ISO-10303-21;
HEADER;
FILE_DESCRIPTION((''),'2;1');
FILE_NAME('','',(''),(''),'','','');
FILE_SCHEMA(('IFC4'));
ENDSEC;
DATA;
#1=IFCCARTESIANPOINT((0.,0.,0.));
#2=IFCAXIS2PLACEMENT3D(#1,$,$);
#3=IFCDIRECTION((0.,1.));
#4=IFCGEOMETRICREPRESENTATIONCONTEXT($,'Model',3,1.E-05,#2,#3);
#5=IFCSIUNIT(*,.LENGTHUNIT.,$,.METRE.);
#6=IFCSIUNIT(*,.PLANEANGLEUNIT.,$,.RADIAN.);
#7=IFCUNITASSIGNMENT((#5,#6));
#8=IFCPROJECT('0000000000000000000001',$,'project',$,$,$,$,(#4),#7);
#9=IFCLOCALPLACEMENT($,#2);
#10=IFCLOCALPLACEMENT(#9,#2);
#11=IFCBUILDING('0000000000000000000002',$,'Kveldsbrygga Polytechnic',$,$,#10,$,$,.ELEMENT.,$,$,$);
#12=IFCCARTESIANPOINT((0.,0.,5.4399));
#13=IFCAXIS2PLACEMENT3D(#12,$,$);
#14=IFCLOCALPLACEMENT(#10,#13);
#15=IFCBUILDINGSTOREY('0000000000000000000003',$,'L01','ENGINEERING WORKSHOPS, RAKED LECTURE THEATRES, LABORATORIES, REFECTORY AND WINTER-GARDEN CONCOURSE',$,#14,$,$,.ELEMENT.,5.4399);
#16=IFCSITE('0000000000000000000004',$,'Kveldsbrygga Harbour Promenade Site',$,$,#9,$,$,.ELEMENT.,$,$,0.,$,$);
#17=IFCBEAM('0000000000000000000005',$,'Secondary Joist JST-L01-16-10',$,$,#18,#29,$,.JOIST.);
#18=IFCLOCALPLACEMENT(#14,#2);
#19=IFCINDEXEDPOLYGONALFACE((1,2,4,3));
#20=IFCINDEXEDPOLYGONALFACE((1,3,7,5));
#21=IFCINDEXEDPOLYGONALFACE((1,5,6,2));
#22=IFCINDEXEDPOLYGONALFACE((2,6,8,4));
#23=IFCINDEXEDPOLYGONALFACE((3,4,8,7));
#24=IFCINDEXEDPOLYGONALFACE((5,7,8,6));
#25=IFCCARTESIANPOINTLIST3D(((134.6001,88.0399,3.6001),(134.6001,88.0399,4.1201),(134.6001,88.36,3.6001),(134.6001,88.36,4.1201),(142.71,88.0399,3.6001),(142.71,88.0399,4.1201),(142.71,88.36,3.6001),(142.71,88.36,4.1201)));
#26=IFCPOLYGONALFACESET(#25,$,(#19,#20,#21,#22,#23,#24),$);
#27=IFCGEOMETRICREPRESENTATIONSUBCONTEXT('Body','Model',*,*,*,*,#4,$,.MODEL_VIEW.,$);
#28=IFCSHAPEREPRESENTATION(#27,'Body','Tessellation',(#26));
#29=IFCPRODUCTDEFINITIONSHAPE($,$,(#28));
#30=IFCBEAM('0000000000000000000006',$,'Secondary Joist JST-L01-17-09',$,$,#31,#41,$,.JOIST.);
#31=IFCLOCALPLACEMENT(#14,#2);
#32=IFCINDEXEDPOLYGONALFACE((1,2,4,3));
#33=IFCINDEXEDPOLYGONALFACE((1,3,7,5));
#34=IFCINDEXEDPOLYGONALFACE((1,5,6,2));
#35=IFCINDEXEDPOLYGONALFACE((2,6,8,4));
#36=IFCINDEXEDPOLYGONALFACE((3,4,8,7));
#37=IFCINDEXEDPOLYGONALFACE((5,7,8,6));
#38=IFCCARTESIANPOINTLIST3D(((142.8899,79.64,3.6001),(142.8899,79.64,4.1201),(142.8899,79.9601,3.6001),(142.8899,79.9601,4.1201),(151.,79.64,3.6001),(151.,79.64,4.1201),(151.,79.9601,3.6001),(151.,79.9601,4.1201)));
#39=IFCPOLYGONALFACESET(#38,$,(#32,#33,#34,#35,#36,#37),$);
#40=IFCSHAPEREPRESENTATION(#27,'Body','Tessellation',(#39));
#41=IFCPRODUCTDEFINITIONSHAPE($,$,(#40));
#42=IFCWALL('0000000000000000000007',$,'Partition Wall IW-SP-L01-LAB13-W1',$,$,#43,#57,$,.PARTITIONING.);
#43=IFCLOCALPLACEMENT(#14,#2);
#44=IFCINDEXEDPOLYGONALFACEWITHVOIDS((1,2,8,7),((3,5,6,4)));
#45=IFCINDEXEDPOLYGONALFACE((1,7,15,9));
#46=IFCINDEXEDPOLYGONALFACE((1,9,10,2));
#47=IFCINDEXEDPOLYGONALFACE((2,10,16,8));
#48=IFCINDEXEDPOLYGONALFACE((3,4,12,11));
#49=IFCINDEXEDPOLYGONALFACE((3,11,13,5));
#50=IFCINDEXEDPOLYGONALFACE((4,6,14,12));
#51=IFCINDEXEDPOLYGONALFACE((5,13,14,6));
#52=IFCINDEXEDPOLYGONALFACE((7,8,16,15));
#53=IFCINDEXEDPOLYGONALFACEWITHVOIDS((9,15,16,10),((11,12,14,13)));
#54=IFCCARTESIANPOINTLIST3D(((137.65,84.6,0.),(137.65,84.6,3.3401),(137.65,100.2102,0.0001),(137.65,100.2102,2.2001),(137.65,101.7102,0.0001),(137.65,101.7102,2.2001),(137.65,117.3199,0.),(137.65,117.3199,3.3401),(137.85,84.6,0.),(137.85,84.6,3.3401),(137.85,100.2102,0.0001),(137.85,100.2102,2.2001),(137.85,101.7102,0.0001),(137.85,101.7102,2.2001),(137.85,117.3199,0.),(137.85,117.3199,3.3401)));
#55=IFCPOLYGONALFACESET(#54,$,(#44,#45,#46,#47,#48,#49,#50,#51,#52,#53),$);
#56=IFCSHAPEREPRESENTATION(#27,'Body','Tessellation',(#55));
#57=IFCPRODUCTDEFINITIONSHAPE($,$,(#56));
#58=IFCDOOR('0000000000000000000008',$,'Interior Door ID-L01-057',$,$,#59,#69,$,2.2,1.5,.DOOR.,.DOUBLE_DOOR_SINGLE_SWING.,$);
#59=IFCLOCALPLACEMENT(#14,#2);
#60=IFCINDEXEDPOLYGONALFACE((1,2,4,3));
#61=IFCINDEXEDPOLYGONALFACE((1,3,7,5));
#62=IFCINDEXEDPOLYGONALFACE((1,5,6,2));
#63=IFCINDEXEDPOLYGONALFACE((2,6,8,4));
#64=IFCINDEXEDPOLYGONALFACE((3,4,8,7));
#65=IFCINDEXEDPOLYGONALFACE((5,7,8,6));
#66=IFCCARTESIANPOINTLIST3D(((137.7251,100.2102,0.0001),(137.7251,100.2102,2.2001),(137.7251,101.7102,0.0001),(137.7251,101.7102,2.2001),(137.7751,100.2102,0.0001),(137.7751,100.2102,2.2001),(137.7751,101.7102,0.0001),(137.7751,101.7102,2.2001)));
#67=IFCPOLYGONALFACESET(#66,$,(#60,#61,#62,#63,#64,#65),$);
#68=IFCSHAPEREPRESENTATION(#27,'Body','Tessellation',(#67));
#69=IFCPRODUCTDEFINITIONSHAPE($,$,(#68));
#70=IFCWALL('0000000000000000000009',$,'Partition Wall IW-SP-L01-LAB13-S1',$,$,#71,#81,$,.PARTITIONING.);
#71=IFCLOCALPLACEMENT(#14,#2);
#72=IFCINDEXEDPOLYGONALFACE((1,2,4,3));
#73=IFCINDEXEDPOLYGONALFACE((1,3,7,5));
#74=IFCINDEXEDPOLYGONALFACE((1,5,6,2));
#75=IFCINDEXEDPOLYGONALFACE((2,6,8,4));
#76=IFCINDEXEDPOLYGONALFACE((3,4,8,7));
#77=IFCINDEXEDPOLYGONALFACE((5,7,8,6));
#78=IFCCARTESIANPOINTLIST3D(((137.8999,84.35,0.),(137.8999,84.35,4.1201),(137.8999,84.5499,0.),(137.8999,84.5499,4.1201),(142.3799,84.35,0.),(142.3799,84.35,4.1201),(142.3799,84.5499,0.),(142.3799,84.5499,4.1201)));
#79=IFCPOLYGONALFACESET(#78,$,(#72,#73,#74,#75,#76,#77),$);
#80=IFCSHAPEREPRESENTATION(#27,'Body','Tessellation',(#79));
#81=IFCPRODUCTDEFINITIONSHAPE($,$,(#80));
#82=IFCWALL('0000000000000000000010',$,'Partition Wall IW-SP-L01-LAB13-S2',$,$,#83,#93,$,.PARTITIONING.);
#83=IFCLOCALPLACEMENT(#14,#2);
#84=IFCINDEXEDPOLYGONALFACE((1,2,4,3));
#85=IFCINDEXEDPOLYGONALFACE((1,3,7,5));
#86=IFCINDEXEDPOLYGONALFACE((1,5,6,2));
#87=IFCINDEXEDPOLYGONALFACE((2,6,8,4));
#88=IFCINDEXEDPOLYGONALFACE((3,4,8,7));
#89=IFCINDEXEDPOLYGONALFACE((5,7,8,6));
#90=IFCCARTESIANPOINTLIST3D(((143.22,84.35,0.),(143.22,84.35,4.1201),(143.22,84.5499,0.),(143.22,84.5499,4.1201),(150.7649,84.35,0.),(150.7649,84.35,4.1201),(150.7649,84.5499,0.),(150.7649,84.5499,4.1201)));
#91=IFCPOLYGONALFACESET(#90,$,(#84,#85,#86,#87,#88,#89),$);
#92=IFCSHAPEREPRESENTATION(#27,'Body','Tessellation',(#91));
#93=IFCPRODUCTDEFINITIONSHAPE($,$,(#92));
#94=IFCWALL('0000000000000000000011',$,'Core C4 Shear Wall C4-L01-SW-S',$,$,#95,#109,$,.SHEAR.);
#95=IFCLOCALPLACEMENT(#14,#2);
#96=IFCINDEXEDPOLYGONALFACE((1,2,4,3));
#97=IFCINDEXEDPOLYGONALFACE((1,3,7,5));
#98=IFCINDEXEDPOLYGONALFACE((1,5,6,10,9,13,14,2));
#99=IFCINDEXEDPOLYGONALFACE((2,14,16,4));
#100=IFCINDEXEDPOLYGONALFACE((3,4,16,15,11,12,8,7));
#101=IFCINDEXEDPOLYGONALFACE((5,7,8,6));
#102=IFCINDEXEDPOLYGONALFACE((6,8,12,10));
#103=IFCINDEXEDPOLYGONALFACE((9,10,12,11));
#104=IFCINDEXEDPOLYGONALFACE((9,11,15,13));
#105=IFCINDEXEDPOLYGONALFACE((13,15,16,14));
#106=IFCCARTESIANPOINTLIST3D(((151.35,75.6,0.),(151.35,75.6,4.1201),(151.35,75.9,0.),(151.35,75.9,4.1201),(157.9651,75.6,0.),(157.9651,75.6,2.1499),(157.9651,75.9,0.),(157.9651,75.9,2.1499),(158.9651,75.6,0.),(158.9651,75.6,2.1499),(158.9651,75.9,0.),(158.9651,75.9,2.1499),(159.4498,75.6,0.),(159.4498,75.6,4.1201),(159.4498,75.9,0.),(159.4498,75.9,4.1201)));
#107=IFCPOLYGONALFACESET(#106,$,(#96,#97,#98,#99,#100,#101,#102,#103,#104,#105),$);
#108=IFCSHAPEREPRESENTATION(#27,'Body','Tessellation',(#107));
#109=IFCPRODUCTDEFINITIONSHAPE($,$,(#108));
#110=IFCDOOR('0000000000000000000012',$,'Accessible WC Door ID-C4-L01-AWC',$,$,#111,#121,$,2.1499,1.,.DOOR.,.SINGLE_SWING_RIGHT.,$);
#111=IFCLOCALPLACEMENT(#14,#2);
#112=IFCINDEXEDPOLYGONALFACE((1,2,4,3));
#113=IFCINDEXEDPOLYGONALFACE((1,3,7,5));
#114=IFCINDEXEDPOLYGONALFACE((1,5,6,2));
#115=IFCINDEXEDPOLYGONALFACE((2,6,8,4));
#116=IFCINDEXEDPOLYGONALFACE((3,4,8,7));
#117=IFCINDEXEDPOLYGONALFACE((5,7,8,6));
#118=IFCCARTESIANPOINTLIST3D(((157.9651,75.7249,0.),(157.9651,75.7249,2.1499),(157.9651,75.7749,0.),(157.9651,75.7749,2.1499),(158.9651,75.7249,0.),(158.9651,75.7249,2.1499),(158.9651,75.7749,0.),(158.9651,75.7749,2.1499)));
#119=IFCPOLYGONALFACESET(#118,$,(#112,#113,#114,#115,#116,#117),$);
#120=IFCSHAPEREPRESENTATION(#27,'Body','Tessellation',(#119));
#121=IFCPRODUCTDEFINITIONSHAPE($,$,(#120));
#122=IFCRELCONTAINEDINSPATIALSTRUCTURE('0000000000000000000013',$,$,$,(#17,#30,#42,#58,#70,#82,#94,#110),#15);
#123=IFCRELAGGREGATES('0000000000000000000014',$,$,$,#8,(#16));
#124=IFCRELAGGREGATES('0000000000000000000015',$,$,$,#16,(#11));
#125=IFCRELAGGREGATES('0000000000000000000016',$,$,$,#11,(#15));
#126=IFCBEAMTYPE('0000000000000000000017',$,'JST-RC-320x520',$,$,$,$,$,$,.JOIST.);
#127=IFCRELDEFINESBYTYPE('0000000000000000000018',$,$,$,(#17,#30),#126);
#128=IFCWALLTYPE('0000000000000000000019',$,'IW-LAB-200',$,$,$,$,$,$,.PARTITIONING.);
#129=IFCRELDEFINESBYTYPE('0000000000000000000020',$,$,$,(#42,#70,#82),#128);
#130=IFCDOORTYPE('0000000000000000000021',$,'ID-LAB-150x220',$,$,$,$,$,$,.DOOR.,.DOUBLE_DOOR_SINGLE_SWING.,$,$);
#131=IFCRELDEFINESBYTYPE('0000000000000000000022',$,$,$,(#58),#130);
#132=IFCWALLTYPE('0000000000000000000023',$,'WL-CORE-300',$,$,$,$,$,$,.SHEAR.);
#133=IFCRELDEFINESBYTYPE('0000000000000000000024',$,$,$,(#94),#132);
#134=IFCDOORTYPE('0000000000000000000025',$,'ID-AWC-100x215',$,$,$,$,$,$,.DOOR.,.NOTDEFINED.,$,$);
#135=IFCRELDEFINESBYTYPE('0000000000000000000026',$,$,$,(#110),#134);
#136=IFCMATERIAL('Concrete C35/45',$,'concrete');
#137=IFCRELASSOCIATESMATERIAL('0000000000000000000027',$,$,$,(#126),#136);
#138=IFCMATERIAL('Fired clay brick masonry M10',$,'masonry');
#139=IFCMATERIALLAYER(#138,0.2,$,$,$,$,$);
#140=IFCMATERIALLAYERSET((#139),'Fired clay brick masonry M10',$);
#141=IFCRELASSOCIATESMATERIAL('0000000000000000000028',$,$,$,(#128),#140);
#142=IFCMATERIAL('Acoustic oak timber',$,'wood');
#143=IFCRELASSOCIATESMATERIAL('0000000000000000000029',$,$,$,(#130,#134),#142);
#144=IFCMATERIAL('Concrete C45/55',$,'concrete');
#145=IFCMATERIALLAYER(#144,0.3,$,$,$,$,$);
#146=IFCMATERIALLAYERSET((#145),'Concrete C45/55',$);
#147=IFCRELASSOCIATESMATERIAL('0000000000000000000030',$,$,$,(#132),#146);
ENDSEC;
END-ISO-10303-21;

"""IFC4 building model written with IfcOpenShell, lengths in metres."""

from ifc_helpers import new_model, si_unit, direction, frame, frame_2d, origin, origin_2d, place, context, subcontext, project, spatial, rectangle, extrude, material, layer, layer_set, material_profile, profile_set, type_object, element, fill, save


model = new_model("IFC4")

# Units and contexts
model_context = context("Model", 3, precision=1e-05, world=origin(), true_north=direction((0.0, 1.0)))
body_context = subcontext(model_context, "Body", "Model", "MODEL_VIEW")
ifc_project = project(units=[si_unit("LENGTHUNIT", "METRE"), si_unit("PLANEANGLEUNIT", "RADIAN")], contexts=[model_context])

# Site, building, storey
site_placement = place(None, origin())
site = spatial("IfcSite", under=ifc_project, at=site_placement, Name="Kveldsbrygga Harbour Promenade Site", CompositionType="ELEMENT", RefElevation=0.0)
building_placement = place(site_placement, origin())
building = spatial("IfcBuilding", under=site, at=building_placement, Name="Kveldsbrygga Polytechnic", CompositionType="ELEMENT")
storey_placement = place(building_placement, frame((0.0, 0.0, 5.4399)))
storey = spatial("IfcBuildingStorey", under=building, at=storey_placement, Name="L01", Description="ENGINEERING WORKSHOPS, RAKED LECTURE THEATRES, LABORATORIES, REFECTORY AND WINTER-GARDEN CONCOURSE", CompositionType="ELEMENT", Elevation=5.4399)

# Shared definitions
ifc_material_1 = material(Name="Concrete C45/55", Category="concrete")

# Beams
ifc_material_2 = material(Name="Concrete C35/45", Category="concrete")
ifc_material_profile_1 = material_profile(ifc_material_2, rectangle(XDim=0.3201, YDim=0.52, at=origin_2d()), Name="RC 320x520")
ifc_profile_set_1 = profile_set([ifc_material_profile_1], Name="Concrete C35/45")
beam_type_1 = type_object("IfcBeamType", Name="JST-RC-320x520", PredefinedType="JOIST", material=ifc_profile_set_1)
beam_1_placement = place(storey_placement, frame((134.6001, 88.2, 3.8601), z_axis=(1.0, 0.0, 0.0), x_axis=(0.0, 1.0, 0.0)))
element("IfcBeam", 1, at=beam_1_placement, inside=storey, type_object=beam_type_1, Name="Secondary Joist JST-L01-16-10", PredefinedType="JOIST", context=body_context, shape_type="SweptSolid", body=[
    extrude(rectangle(XDim=0.3201, YDim=0.52, at=origin_2d()), origin(), (0.0, 0.0, 1.0), 8.1099),
])
beam_2_placement = place(storey_placement, frame((142.8899, 79.8, 3.8601), z_axis=(1.0, 0.0, 0.0), x_axis=(0.0, 1.0, 0.0)))
element("IfcBeam", 2, at=beam_2_placement, inside=storey, type_object=beam_type_1, Name="Secondary Joist JST-L01-17-09", PredefinedType="JOIST", context=body_context, shape_type="SweptSolid", body=[
    extrude(rectangle(XDim=0.3201, YDim=0.52, at=origin_2d()), origin(), (0.0, 0.0, 1.0), 8.1101),
])

# Wall, opening, door
ifc_material_3 = material(Name="Fired clay brick masonry M10", Category="masonry")
ifc_layer_1 = layer(ifc_material_3, 0.2)
ifc_layer_set_1 = layer_set([ifc_layer_1], Name="Fired clay brick masonry M10")
wall_type_1 = type_object("IfcWallType", Name="IW-LAB-200", PredefinedType="PARTITIONING", material=ifc_layer_set_1)
wall_1_placement = place(storey_placement, frame((137.75, 84.6001, 0.0), z_axis=(0.0, 0.0, 1.0), x_axis=(0.0, 1.0, 0.0)))
wall_1 = element("IfcWall", 3, at=wall_1_placement, inside=storey, type_object=wall_type_1, Name="Partition Wall IW-SP-L01-LAB13-W1", PredefinedType="PARTITIONING", context=body_context, shape_type="SweptSolid", body=[
    extrude(rectangle(XDim=32.72, YDim=0.2, at=frame_2d((16.3599, 0.0))), origin(), (0.0, 0.0, 1.0), 3.3401),
])
opening_1_placement = place(wall_1_placement, frame((15.6101, 0.0, 0.0)))
opening_1 = element("IfcOpeningElement", 4, at=opening_1_placement, cuts=wall_1, PredefinedType="OPENING", context=body_context, shape_type="SweptSolid", body=[
    extrude(rectangle(XDim=1.5, YDim=2.2, at=frame_2d((0.75, 1.1001))), frame((0.0, 0.1099, 0.0), z_axis=(0.0, -1.0, 0.0), x_axis=(1.0, 0.0, 0.0)), (0.0, 0.0, 1.0), 0.22),
])
ifc_material_4 = material(Name="Acoustic oak timber", Category="wood")
door_type_1 = type_object("IfcDoorType", Name="ID-LAB-150x220", OperationType="DOUBLE_DOOR_SINGLE_SWING", PredefinedType="DOOR", material=ifc_material_4)
door_1_placement = place(opening_1_placement, origin())
door_1 = element("IfcDoor", 5, at=door_1_placement, inside=storey, type_object=door_type_1, Name="Interior Door ID-L01-057", OperationType="DOUBLE_DOOR_SINGLE_SWING", OverallHeight=2.2, OverallWidth=1.5, PredefinedType="DOOR", context=body_context, shape_type="SweptSolid", body=[
    extrude(rectangle(XDim=1.5, YDim=2.2, at=frame_2d((0.75, 1.1001))), frame((0.0, 0.0249, 0.0), z_axis=(0.0, -1.0, 0.0), x_axis=(1.0, 0.0, 0.0)), (0.0, 0.0, 1.0), 0.05),
])
fill(opening_1, door_1)

# Walls
wall_2_placement = place(storey_placement, frame((137.8999, 84.45, 0.0), z_axis=(0.0, 0.0, 1.0), x_axis=(1.0, 0.0, 0.0)))
element("IfcWall", 6, at=wall_2_placement, inside=storey, type_object=wall_type_1, Name="Partition Wall IW-SP-L01-LAB13-S1", PredefinedType="PARTITIONING", context=body_context, shape_type="SweptSolid", body=[
    extrude(rectangle(XDim=4.48, YDim=0.2, at=frame_2d((2.24, 0.0))), origin(), (0.0, 0.0, 1.0), 4.1201),
])
wall_3_placement = place(storey_placement, frame((143.22, 84.45, 0.0), z_axis=(0.0, 0.0, 1.0), x_axis=(1.0, 0.0, 0.0)))
element("IfcWall", 7, at=wall_3_placement, inside=storey, type_object=wall_type_1, Name="Partition Wall IW-SP-L01-LAB13-S2", PredefinedType="PARTITIONING", context=body_context, shape_type="SweptSolid", body=[
    extrude(rectangle(XDim=7.5449, YDim=0.2, at=frame_2d((3.7725, 0.0))), origin(), (0.0, 0.0, 1.0), 4.1201),
])

# Wall, opening, door
ifc_layer_2 = layer(ifc_material_1, 0.3)
ifc_layer_set_2 = layer_set([ifc_layer_2], Name="Concrete C45/55")
wall_type_2 = type_object("IfcWallType", Name="WL-CORE-300", PredefinedType="SHEAR", material=ifc_layer_set_2)
wall_4_placement = place(storey_placement, frame((151.3501, 75.75, 0.0), z_axis=(0.0, 0.0, 1.0), x_axis=(1.0, 0.0, 0.0)))
wall_4 = element("IfcWall", 8, at=wall_4_placement, inside=storey, type_object=wall_type_2, Name="Core C4 Shear Wall C4-L01-SW-S", PredefinedType="SHEAR", context=body_context, shape_type="SweptSolid", body=[
    extrude(rectangle(XDim=8.0999, YDim=0.3, at=frame_2d((4.0498, 0.0))), origin(), (0.0, 0.0, 1.0), 4.1201),
])
opening_2_placement = place(wall_4_placement, frame((6.615, 0.0, 0.0)))
opening_2 = element("IfcOpeningElement", 9, at=opening_2_placement, cuts=wall_4, PredefinedType="OPENING", context=body_context, shape_type="SweptSolid", body=[
    extrude(rectangle(XDim=1.0, YDim=2.1499, at=frame_2d((0.5, 1.075))), frame((0.0, 0.1602, 0.0), z_axis=(0.0, -1.0, 0.0), x_axis=(1.0, 0.0, 0.0)), (0.0, 0.0, 1.0), 0.3201),
])
door_type_2 = type_object("IfcDoorType", Name="ID-AWC-100x215", OperationType="NOTDEFINED", PredefinedType="DOOR", material=ifc_material_4)
door_2_placement = place(opening_2_placement, origin())
door_2 = element("IfcDoor", 10, at=door_2_placement, inside=storey, type_object=door_type_2, Name="Accessible WC Door ID-C4-L01-AWC", OperationType="SINGLE_SWING_RIGHT", OverallHeight=2.1499, OverallWidth=1.0, PredefinedType="DOOR", context=body_context, shape_type="SweptSolid", body=[
    extrude(rectangle(XDim=1.0, YDim=2.1499, at=frame_2d((0.5, 1.075))), frame((0.0, 0.0249, 0.0), z_axis=(0.0, -1.0, 0.0), x_axis=(1.0, 0.0, 0.0)), (0.0, 0.0, 1.0), 0.05),
])
fill(opening_2, door_2)

save(model, "model.ifc")
